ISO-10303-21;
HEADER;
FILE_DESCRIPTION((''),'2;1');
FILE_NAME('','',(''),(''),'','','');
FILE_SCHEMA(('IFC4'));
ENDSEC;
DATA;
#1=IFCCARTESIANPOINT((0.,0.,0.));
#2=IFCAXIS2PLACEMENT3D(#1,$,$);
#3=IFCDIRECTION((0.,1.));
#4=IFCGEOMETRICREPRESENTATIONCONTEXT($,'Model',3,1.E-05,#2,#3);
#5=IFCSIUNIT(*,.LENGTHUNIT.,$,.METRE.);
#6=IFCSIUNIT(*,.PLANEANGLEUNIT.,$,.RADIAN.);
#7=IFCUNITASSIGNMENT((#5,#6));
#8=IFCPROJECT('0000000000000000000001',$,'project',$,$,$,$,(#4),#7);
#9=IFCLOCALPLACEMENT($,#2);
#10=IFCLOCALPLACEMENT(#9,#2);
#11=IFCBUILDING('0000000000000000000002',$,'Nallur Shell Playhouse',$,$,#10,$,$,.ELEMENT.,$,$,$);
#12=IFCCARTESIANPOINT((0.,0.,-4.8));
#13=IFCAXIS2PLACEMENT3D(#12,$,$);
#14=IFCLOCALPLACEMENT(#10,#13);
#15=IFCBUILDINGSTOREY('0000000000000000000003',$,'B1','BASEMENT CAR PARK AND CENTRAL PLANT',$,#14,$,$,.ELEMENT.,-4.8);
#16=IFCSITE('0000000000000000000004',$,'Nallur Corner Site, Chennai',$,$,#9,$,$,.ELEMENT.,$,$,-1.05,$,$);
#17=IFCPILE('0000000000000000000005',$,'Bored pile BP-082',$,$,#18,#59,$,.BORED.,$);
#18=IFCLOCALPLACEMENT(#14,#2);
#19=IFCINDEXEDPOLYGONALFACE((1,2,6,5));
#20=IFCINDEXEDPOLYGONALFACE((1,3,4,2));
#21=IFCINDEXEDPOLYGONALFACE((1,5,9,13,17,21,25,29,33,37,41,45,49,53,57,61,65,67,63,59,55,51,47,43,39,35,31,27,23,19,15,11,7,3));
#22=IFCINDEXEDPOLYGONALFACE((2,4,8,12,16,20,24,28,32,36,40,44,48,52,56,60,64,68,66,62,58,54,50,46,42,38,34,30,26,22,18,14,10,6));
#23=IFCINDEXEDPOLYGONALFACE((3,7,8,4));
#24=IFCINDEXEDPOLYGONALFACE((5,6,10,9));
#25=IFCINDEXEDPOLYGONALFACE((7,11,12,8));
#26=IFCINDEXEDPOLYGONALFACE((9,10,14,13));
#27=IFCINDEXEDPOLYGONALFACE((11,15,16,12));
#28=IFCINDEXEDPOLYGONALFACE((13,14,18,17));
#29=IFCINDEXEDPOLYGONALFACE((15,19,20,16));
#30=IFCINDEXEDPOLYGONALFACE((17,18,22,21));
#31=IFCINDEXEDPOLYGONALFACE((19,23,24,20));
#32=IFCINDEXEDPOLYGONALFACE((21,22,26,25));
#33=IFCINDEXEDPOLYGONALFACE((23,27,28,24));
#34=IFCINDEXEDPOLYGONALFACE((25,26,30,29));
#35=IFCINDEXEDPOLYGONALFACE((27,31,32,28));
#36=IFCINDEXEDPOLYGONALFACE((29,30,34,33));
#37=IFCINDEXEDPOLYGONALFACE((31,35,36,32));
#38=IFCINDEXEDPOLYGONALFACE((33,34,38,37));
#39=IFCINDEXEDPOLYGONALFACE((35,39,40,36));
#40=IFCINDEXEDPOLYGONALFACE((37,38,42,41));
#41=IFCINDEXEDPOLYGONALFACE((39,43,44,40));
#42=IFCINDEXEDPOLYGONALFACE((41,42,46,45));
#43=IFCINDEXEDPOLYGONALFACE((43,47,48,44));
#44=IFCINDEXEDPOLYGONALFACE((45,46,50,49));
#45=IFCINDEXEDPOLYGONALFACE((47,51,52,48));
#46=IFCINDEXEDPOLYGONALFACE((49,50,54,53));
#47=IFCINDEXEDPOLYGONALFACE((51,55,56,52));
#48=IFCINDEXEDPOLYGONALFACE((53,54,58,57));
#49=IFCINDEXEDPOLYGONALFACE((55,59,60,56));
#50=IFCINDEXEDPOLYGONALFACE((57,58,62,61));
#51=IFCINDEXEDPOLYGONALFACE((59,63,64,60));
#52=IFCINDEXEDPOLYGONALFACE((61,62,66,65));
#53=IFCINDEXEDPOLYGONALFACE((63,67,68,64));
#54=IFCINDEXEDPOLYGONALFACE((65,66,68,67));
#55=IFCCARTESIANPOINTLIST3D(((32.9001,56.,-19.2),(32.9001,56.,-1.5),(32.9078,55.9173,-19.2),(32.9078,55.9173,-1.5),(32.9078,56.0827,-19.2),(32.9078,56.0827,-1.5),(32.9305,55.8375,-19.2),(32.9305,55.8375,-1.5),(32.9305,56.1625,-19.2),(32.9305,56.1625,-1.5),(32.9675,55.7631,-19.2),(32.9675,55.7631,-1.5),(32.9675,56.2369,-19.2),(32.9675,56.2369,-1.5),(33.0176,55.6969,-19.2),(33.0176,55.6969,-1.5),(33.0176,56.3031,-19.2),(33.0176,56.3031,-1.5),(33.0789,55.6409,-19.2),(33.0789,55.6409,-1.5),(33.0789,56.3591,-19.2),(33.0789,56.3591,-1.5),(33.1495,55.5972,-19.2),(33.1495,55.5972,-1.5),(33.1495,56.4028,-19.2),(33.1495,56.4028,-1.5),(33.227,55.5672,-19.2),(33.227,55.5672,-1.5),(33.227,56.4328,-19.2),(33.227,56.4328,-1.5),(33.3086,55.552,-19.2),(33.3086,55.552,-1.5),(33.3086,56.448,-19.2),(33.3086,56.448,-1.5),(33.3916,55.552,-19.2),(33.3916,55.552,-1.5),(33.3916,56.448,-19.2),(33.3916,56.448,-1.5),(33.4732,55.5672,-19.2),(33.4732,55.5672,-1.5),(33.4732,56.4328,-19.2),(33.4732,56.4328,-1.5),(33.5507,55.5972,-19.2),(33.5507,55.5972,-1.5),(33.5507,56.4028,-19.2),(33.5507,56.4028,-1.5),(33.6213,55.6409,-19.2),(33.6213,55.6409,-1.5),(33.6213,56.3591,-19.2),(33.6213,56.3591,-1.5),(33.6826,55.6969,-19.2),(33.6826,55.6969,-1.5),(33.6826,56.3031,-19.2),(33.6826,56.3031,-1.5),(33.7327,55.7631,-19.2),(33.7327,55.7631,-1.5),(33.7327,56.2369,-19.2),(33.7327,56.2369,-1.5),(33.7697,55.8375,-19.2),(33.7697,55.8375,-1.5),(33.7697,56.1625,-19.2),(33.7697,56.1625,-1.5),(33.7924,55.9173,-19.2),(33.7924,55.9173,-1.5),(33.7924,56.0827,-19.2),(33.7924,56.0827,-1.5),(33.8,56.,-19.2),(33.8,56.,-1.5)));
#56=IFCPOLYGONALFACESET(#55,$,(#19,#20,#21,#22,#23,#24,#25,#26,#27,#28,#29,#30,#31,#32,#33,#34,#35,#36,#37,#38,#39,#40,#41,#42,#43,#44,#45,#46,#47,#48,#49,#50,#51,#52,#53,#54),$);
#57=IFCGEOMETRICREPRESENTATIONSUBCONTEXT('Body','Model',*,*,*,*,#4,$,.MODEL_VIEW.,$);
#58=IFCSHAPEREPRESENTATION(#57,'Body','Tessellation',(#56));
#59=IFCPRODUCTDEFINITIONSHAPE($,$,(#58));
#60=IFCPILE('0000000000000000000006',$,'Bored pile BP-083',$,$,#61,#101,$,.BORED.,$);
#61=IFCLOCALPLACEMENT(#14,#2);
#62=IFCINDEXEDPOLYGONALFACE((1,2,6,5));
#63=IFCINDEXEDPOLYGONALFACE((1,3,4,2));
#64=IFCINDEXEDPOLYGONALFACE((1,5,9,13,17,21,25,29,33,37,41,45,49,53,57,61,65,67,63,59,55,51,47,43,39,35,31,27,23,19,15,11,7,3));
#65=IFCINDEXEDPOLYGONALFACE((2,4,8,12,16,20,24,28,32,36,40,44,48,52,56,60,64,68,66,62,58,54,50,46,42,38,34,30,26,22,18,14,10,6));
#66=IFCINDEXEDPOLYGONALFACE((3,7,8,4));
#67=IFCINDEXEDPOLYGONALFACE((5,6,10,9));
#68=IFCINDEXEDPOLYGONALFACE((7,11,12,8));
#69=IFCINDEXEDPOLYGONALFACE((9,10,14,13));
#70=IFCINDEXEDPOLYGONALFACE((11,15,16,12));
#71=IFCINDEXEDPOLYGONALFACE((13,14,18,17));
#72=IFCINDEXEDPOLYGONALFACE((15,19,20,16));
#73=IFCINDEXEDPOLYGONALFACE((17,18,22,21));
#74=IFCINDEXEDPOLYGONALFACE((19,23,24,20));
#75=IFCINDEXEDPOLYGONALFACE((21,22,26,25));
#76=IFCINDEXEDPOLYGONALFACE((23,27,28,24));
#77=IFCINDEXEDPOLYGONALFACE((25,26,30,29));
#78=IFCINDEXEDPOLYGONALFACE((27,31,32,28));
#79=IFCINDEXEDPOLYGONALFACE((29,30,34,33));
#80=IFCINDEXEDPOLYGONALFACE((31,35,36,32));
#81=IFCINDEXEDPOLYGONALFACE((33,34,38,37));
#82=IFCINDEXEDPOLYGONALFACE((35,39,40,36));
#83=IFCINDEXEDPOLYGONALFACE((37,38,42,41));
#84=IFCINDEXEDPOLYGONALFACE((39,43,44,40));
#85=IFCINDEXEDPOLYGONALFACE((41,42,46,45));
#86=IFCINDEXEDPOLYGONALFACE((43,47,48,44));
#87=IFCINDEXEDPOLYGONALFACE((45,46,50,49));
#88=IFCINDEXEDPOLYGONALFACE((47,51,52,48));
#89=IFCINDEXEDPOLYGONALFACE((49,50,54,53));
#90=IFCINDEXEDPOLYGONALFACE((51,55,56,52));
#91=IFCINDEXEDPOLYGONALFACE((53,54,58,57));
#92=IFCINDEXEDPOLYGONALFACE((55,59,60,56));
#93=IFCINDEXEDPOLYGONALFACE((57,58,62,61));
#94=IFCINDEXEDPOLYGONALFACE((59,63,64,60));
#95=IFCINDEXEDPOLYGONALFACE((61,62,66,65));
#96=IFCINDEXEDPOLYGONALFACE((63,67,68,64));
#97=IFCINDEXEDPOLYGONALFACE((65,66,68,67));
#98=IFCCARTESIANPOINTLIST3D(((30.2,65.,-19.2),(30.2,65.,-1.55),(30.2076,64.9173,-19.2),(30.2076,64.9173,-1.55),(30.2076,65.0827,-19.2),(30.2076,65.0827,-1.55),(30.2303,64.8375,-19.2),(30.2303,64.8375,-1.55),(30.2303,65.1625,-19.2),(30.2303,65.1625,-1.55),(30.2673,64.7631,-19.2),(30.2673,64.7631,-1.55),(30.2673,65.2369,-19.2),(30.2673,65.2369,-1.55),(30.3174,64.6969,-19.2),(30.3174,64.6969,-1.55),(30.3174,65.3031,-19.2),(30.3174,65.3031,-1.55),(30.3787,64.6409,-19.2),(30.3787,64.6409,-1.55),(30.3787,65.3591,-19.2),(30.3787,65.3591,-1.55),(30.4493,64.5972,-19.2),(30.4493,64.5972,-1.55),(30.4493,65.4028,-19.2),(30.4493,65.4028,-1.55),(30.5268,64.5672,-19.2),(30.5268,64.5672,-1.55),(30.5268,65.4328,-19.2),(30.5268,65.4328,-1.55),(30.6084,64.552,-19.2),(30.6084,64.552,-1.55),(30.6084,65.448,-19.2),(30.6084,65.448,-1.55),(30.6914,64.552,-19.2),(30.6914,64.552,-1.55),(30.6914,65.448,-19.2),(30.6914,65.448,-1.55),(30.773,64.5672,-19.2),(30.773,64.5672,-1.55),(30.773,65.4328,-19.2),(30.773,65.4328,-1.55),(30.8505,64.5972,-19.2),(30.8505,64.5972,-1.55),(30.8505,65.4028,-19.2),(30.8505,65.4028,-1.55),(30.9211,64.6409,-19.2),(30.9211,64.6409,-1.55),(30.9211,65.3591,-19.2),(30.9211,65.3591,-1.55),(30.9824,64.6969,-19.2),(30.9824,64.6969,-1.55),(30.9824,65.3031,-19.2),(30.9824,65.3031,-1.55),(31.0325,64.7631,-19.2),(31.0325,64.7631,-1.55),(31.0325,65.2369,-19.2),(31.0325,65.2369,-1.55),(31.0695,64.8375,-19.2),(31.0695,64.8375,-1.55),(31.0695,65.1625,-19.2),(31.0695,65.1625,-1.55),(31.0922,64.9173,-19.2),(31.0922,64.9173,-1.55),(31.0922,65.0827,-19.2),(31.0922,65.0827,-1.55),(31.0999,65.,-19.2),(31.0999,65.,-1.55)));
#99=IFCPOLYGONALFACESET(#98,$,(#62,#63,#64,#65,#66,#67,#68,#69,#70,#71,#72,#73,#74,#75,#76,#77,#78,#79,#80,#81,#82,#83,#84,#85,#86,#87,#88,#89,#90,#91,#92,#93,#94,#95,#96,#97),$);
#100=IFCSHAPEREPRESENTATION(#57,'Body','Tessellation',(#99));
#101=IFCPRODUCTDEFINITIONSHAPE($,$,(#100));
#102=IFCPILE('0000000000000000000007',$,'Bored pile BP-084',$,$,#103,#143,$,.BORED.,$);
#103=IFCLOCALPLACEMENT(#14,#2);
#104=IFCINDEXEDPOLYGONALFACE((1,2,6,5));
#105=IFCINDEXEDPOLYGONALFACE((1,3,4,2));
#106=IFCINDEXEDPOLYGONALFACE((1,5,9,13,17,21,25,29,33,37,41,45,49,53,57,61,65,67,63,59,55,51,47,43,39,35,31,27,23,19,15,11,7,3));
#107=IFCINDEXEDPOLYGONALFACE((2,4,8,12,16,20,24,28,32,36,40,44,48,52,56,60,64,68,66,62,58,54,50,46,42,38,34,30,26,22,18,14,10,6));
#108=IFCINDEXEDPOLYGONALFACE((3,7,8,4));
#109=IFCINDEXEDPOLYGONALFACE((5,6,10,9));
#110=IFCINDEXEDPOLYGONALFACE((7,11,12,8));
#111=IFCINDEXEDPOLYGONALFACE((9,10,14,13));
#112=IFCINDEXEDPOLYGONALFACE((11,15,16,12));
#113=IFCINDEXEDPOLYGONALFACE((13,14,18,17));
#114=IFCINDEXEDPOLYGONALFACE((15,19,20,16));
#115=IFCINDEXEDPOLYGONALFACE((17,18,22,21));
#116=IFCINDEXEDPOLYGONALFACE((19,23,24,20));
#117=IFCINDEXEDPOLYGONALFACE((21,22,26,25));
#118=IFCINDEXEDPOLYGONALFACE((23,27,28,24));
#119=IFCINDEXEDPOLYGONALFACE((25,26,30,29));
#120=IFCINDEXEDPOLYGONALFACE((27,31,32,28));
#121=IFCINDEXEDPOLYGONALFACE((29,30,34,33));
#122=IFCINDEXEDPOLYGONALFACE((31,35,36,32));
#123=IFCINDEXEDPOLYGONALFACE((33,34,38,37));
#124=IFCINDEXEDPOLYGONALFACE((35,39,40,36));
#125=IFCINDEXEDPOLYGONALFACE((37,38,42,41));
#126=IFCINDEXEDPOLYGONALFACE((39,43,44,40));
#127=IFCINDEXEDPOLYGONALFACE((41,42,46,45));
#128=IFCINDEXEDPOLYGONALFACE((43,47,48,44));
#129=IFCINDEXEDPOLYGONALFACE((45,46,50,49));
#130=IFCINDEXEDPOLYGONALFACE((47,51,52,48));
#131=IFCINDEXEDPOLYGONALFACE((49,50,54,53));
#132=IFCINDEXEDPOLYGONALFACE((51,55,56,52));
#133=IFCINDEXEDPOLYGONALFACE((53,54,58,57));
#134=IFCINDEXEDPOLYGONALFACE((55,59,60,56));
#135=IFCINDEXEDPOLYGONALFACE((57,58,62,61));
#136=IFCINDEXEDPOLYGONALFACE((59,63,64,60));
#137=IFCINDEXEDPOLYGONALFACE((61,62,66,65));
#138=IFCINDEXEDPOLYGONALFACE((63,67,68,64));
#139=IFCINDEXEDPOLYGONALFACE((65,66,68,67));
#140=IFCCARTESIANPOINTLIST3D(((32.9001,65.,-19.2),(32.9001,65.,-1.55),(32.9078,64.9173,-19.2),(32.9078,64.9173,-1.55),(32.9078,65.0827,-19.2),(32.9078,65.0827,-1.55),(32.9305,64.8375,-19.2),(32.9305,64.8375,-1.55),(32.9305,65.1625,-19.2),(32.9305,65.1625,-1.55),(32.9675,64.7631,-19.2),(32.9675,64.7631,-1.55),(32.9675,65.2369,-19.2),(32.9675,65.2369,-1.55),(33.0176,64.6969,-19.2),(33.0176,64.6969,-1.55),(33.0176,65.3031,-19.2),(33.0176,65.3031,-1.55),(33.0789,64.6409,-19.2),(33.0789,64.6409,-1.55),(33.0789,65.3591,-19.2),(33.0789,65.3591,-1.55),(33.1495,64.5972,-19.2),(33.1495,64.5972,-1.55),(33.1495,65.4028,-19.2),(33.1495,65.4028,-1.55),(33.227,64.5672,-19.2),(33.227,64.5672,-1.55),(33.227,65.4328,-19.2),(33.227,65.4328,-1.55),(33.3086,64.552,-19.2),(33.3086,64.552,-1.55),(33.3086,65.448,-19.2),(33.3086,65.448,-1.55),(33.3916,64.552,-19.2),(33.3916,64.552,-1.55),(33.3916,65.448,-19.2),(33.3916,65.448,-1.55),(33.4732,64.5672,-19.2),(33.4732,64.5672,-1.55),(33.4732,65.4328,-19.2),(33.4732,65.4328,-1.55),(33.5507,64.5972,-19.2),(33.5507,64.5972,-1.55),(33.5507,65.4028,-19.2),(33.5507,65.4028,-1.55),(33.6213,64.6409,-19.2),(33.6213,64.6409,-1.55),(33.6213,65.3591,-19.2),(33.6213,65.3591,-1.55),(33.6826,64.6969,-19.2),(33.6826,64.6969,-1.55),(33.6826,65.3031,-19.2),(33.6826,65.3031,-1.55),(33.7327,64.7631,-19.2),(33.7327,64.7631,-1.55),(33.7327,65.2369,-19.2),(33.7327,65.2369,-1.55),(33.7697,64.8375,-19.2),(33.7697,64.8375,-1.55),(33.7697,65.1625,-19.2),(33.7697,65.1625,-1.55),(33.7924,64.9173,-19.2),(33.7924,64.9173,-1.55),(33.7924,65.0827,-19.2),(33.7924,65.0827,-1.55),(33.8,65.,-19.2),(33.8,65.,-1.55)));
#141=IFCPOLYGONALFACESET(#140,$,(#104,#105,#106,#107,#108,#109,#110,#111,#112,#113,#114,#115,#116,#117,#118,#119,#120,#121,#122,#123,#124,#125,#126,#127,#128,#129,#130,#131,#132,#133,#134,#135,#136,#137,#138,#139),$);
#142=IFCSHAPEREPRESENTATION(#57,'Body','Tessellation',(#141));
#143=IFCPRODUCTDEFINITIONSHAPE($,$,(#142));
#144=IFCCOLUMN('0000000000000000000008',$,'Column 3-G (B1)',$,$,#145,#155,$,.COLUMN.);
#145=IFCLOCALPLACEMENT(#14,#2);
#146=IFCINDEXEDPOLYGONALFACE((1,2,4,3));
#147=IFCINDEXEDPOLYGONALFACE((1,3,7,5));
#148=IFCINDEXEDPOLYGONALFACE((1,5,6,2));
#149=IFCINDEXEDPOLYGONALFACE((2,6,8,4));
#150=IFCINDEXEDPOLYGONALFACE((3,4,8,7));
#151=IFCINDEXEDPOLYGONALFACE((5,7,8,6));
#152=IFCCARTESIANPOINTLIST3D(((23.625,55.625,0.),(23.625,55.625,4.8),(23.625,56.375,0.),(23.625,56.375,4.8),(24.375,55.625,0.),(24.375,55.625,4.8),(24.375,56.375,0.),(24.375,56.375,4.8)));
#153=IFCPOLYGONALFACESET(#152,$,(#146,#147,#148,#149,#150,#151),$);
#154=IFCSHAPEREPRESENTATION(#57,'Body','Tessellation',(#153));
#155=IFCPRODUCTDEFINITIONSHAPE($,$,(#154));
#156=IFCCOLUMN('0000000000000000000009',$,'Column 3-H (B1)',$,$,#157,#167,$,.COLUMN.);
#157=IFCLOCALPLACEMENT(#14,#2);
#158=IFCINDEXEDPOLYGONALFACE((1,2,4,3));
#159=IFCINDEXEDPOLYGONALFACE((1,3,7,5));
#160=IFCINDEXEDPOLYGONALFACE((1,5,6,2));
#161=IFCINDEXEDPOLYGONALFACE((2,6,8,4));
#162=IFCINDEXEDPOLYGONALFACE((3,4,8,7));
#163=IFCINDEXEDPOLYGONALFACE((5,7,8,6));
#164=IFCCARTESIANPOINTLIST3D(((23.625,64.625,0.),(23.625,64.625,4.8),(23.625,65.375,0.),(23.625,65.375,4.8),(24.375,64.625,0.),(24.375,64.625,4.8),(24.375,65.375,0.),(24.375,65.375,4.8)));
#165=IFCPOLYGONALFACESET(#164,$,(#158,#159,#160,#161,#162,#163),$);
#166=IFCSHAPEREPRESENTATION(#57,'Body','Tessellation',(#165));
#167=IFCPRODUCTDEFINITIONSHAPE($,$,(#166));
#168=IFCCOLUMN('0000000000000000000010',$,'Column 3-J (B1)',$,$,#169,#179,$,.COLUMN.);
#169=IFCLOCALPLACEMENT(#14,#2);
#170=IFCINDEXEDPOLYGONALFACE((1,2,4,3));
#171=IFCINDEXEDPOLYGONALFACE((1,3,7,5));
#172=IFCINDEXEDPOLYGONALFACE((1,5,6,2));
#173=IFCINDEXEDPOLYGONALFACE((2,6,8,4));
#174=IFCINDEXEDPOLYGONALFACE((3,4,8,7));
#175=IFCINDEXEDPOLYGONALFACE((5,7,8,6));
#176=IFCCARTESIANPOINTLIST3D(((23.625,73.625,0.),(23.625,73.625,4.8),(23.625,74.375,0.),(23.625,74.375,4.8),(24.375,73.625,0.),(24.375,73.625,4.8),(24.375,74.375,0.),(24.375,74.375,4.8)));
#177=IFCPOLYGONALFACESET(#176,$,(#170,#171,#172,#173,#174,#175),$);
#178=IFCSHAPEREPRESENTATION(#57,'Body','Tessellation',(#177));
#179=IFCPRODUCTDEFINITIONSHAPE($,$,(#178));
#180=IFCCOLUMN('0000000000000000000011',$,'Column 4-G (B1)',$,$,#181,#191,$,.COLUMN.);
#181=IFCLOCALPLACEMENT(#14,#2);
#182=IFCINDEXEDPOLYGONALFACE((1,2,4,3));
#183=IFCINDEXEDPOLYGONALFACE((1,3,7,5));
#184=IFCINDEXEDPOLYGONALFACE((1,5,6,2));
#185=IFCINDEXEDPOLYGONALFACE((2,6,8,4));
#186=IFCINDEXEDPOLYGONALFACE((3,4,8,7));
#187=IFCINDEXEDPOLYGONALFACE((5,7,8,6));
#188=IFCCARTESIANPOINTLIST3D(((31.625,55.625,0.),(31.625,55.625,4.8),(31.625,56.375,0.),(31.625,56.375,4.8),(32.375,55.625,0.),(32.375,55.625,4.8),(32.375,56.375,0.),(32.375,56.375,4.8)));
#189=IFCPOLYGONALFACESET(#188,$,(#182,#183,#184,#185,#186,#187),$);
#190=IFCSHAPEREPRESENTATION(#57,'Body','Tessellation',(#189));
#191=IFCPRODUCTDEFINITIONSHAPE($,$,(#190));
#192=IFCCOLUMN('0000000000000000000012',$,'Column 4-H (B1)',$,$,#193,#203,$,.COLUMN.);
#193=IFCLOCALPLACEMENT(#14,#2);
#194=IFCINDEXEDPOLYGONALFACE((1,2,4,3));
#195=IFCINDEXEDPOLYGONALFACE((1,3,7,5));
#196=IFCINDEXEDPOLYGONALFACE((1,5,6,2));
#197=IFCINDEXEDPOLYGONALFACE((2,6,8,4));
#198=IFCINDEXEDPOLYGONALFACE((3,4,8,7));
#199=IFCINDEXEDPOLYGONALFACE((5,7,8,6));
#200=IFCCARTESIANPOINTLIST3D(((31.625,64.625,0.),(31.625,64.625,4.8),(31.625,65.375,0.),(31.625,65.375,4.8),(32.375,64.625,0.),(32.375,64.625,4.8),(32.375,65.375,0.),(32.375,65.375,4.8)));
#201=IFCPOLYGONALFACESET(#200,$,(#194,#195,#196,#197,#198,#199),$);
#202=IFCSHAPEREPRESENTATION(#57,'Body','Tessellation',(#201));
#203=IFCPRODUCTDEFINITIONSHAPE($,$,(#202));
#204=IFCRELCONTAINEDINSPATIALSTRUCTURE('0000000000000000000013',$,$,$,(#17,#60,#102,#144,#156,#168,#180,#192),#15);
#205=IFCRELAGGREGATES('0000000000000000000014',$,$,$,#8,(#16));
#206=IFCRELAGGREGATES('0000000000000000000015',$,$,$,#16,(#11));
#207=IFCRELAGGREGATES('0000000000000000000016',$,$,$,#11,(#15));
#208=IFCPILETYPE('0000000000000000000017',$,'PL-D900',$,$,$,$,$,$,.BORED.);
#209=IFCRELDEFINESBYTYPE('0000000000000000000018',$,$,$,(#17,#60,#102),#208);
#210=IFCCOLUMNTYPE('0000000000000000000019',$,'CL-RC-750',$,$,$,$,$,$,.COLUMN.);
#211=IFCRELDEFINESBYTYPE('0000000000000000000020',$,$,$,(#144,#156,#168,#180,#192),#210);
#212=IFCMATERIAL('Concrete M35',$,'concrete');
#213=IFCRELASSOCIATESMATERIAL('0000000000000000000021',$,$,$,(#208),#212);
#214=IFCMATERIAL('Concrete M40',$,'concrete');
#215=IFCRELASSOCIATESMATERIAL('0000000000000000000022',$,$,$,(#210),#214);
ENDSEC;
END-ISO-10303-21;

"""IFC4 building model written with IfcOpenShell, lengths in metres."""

from ifc_helpers import new_model, si_unit, direction, frame, origin, origin_2d, place, context, subcontext, project, spatial, rectangle, circle, extrude, material, material_profile, profile_set, type_object, element, save


model = new_model("IFC4")

# Units and contexts
model_context = context("Model", 3, precision=1e-05, world=origin(), true_north=direction((0.0, 1.0)))
body_context = subcontext(model_context, "Body", "Model", "MODEL_VIEW")
ifc_project = project(units=[si_unit("LENGTHUNIT", "METRE"), si_unit("PLANEANGLEUNIT", "RADIAN")], contexts=[model_context])

# Site, building, storey
site_placement = place(None, origin())
site = spatial("IfcSite", under=ifc_project, at=site_placement, Name="Nallur Corner Site, Chennai", CompositionType="ELEMENT", RefElevation=-1.05)
building_placement = place(site_placement, origin())
building = spatial("IfcBuilding", under=site, at=building_placement, Name="Nallur Shell Playhouse", CompositionType="ELEMENT")
storey_placement = place(building_placement, frame((0.0, 0.0, -4.8)))
storey = spatial("IfcBuildingStorey", under=building, at=storey_placement, Name="B1", Description="BASEMENT CAR PARK AND CENTRAL PLANT", CompositionType="ELEMENT", Elevation=-4.8)

# Shared definitions
ifc_material_1 = material(Name="Concrete M35", Category="concrete")

# Piles
ifc_material_profile_1 = material_profile(ifc_material_1, circle(Radius=0.45, at=origin_2d()), Name="BORED PILE D900")
ifc_profile_set_1 = profile_set([ifc_material_profile_1], Name="Concrete M35")
pile_type = type_object("IfcPileType", Name="PL-D900", PredefinedType="BORED", material=ifc_profile_set_1)
for number, where, z_axis, x_axis, name in (
    (1, (33.3501, 56.0, -1.5), (0.0, 0.0, -1.0), (1.0, 0.0, 0.0), "Bored pile BP-082"),
):
    element("IfcPile", number, at=place(storey_placement, frame(where, z_axis=z_axis, x_axis=x_axis)), inside=storey, type_object=pile_type, Name=name, PredefinedType="BORED", context=body_context, shape_type="SweptSolid", body=[
        extrude(circle(Radius=0.45, at=origin_2d()), origin(), (0.0, 0.0, 1.0), 17.7),
    ])
for number, where, z_axis, x_axis, name in (
    (2, (30.6499, 65.0, -1.55), (0.0, 0.0, -1.0), (1.0, 0.0, 0.0), "Bored pile BP-083"),
    (3, (33.3501, 65.0, -1.55), (0.0, 0.0, -1.0), (1.0, 0.0, 0.0), "Bored pile BP-084"),
):
    element("IfcPile", number, at=place(storey_placement, frame(where, z_axis=z_axis, x_axis=x_axis)), inside=storey, type_object=pile_type, Name=name, PredefinedType="BORED", context=body_context, shape_type="SweptSolid", body=[
        extrude(circle(Radius=0.45, at=origin_2d()), origin(), (0.0, 0.0, 1.0), 17.6499),
    ])

# Columns
ifc_material_2 = material(Name="Concrete M40", Category="concrete")
ifc_material_profile_2 = material_profile(ifc_material_2, rectangle(XDim=0.75, YDim=0.75, at=origin_2d()), Name="RC 750x750")
ifc_profile_set_2 = profile_set([ifc_material_profile_2], Name="Concrete M40")
column_type = type_object("IfcColumnType", Name="CL-RC-750", PredefinedType="COLUMN", material=ifc_profile_set_2)
for number, where, z_axis, x_axis, name in (
    (4, (24.0, 56.0, 0.0), (0.0, 0.0, 1.0), (1.0, 0.0, 0.0), "Column 3-G (B1)"),
    (5, (24.0, 65.0, 0.0), (0.0, 0.0, 1.0), (1.0, 0.0, 0.0), "Column 3-H (B1)"),
    (6, (24.0, 74.0, 0.0), (0.0, 0.0, 1.0), (1.0, 0.0, 0.0), "Column 3-J (B1)"),
    (7, (32.0, 56.0, 0.0), (0.0, 0.0, 1.0), (1.0, 0.0, 0.0), "Column 4-G (B1)"),
    (8, (32.0, 65.0, 0.0), (0.0, 0.0, 1.0), (1.0, 0.0, 0.0), "Column 4-H (B1)"),
):
    element("IfcColumn", number, at=place(storey_placement, frame(where, z_axis=z_axis, x_axis=x_axis)), inside=storey, type_object=column_type, Name=name, PredefinedType="COLUMN", context=body_context, shape_type="SweptSolid", body=[
        extrude(rectangle(XDim=0.75, YDim=0.75, at=origin_2d()), origin(), (0.0, 0.0, 1.0), 4.8),
    ])

save(model, "model.ifc")
